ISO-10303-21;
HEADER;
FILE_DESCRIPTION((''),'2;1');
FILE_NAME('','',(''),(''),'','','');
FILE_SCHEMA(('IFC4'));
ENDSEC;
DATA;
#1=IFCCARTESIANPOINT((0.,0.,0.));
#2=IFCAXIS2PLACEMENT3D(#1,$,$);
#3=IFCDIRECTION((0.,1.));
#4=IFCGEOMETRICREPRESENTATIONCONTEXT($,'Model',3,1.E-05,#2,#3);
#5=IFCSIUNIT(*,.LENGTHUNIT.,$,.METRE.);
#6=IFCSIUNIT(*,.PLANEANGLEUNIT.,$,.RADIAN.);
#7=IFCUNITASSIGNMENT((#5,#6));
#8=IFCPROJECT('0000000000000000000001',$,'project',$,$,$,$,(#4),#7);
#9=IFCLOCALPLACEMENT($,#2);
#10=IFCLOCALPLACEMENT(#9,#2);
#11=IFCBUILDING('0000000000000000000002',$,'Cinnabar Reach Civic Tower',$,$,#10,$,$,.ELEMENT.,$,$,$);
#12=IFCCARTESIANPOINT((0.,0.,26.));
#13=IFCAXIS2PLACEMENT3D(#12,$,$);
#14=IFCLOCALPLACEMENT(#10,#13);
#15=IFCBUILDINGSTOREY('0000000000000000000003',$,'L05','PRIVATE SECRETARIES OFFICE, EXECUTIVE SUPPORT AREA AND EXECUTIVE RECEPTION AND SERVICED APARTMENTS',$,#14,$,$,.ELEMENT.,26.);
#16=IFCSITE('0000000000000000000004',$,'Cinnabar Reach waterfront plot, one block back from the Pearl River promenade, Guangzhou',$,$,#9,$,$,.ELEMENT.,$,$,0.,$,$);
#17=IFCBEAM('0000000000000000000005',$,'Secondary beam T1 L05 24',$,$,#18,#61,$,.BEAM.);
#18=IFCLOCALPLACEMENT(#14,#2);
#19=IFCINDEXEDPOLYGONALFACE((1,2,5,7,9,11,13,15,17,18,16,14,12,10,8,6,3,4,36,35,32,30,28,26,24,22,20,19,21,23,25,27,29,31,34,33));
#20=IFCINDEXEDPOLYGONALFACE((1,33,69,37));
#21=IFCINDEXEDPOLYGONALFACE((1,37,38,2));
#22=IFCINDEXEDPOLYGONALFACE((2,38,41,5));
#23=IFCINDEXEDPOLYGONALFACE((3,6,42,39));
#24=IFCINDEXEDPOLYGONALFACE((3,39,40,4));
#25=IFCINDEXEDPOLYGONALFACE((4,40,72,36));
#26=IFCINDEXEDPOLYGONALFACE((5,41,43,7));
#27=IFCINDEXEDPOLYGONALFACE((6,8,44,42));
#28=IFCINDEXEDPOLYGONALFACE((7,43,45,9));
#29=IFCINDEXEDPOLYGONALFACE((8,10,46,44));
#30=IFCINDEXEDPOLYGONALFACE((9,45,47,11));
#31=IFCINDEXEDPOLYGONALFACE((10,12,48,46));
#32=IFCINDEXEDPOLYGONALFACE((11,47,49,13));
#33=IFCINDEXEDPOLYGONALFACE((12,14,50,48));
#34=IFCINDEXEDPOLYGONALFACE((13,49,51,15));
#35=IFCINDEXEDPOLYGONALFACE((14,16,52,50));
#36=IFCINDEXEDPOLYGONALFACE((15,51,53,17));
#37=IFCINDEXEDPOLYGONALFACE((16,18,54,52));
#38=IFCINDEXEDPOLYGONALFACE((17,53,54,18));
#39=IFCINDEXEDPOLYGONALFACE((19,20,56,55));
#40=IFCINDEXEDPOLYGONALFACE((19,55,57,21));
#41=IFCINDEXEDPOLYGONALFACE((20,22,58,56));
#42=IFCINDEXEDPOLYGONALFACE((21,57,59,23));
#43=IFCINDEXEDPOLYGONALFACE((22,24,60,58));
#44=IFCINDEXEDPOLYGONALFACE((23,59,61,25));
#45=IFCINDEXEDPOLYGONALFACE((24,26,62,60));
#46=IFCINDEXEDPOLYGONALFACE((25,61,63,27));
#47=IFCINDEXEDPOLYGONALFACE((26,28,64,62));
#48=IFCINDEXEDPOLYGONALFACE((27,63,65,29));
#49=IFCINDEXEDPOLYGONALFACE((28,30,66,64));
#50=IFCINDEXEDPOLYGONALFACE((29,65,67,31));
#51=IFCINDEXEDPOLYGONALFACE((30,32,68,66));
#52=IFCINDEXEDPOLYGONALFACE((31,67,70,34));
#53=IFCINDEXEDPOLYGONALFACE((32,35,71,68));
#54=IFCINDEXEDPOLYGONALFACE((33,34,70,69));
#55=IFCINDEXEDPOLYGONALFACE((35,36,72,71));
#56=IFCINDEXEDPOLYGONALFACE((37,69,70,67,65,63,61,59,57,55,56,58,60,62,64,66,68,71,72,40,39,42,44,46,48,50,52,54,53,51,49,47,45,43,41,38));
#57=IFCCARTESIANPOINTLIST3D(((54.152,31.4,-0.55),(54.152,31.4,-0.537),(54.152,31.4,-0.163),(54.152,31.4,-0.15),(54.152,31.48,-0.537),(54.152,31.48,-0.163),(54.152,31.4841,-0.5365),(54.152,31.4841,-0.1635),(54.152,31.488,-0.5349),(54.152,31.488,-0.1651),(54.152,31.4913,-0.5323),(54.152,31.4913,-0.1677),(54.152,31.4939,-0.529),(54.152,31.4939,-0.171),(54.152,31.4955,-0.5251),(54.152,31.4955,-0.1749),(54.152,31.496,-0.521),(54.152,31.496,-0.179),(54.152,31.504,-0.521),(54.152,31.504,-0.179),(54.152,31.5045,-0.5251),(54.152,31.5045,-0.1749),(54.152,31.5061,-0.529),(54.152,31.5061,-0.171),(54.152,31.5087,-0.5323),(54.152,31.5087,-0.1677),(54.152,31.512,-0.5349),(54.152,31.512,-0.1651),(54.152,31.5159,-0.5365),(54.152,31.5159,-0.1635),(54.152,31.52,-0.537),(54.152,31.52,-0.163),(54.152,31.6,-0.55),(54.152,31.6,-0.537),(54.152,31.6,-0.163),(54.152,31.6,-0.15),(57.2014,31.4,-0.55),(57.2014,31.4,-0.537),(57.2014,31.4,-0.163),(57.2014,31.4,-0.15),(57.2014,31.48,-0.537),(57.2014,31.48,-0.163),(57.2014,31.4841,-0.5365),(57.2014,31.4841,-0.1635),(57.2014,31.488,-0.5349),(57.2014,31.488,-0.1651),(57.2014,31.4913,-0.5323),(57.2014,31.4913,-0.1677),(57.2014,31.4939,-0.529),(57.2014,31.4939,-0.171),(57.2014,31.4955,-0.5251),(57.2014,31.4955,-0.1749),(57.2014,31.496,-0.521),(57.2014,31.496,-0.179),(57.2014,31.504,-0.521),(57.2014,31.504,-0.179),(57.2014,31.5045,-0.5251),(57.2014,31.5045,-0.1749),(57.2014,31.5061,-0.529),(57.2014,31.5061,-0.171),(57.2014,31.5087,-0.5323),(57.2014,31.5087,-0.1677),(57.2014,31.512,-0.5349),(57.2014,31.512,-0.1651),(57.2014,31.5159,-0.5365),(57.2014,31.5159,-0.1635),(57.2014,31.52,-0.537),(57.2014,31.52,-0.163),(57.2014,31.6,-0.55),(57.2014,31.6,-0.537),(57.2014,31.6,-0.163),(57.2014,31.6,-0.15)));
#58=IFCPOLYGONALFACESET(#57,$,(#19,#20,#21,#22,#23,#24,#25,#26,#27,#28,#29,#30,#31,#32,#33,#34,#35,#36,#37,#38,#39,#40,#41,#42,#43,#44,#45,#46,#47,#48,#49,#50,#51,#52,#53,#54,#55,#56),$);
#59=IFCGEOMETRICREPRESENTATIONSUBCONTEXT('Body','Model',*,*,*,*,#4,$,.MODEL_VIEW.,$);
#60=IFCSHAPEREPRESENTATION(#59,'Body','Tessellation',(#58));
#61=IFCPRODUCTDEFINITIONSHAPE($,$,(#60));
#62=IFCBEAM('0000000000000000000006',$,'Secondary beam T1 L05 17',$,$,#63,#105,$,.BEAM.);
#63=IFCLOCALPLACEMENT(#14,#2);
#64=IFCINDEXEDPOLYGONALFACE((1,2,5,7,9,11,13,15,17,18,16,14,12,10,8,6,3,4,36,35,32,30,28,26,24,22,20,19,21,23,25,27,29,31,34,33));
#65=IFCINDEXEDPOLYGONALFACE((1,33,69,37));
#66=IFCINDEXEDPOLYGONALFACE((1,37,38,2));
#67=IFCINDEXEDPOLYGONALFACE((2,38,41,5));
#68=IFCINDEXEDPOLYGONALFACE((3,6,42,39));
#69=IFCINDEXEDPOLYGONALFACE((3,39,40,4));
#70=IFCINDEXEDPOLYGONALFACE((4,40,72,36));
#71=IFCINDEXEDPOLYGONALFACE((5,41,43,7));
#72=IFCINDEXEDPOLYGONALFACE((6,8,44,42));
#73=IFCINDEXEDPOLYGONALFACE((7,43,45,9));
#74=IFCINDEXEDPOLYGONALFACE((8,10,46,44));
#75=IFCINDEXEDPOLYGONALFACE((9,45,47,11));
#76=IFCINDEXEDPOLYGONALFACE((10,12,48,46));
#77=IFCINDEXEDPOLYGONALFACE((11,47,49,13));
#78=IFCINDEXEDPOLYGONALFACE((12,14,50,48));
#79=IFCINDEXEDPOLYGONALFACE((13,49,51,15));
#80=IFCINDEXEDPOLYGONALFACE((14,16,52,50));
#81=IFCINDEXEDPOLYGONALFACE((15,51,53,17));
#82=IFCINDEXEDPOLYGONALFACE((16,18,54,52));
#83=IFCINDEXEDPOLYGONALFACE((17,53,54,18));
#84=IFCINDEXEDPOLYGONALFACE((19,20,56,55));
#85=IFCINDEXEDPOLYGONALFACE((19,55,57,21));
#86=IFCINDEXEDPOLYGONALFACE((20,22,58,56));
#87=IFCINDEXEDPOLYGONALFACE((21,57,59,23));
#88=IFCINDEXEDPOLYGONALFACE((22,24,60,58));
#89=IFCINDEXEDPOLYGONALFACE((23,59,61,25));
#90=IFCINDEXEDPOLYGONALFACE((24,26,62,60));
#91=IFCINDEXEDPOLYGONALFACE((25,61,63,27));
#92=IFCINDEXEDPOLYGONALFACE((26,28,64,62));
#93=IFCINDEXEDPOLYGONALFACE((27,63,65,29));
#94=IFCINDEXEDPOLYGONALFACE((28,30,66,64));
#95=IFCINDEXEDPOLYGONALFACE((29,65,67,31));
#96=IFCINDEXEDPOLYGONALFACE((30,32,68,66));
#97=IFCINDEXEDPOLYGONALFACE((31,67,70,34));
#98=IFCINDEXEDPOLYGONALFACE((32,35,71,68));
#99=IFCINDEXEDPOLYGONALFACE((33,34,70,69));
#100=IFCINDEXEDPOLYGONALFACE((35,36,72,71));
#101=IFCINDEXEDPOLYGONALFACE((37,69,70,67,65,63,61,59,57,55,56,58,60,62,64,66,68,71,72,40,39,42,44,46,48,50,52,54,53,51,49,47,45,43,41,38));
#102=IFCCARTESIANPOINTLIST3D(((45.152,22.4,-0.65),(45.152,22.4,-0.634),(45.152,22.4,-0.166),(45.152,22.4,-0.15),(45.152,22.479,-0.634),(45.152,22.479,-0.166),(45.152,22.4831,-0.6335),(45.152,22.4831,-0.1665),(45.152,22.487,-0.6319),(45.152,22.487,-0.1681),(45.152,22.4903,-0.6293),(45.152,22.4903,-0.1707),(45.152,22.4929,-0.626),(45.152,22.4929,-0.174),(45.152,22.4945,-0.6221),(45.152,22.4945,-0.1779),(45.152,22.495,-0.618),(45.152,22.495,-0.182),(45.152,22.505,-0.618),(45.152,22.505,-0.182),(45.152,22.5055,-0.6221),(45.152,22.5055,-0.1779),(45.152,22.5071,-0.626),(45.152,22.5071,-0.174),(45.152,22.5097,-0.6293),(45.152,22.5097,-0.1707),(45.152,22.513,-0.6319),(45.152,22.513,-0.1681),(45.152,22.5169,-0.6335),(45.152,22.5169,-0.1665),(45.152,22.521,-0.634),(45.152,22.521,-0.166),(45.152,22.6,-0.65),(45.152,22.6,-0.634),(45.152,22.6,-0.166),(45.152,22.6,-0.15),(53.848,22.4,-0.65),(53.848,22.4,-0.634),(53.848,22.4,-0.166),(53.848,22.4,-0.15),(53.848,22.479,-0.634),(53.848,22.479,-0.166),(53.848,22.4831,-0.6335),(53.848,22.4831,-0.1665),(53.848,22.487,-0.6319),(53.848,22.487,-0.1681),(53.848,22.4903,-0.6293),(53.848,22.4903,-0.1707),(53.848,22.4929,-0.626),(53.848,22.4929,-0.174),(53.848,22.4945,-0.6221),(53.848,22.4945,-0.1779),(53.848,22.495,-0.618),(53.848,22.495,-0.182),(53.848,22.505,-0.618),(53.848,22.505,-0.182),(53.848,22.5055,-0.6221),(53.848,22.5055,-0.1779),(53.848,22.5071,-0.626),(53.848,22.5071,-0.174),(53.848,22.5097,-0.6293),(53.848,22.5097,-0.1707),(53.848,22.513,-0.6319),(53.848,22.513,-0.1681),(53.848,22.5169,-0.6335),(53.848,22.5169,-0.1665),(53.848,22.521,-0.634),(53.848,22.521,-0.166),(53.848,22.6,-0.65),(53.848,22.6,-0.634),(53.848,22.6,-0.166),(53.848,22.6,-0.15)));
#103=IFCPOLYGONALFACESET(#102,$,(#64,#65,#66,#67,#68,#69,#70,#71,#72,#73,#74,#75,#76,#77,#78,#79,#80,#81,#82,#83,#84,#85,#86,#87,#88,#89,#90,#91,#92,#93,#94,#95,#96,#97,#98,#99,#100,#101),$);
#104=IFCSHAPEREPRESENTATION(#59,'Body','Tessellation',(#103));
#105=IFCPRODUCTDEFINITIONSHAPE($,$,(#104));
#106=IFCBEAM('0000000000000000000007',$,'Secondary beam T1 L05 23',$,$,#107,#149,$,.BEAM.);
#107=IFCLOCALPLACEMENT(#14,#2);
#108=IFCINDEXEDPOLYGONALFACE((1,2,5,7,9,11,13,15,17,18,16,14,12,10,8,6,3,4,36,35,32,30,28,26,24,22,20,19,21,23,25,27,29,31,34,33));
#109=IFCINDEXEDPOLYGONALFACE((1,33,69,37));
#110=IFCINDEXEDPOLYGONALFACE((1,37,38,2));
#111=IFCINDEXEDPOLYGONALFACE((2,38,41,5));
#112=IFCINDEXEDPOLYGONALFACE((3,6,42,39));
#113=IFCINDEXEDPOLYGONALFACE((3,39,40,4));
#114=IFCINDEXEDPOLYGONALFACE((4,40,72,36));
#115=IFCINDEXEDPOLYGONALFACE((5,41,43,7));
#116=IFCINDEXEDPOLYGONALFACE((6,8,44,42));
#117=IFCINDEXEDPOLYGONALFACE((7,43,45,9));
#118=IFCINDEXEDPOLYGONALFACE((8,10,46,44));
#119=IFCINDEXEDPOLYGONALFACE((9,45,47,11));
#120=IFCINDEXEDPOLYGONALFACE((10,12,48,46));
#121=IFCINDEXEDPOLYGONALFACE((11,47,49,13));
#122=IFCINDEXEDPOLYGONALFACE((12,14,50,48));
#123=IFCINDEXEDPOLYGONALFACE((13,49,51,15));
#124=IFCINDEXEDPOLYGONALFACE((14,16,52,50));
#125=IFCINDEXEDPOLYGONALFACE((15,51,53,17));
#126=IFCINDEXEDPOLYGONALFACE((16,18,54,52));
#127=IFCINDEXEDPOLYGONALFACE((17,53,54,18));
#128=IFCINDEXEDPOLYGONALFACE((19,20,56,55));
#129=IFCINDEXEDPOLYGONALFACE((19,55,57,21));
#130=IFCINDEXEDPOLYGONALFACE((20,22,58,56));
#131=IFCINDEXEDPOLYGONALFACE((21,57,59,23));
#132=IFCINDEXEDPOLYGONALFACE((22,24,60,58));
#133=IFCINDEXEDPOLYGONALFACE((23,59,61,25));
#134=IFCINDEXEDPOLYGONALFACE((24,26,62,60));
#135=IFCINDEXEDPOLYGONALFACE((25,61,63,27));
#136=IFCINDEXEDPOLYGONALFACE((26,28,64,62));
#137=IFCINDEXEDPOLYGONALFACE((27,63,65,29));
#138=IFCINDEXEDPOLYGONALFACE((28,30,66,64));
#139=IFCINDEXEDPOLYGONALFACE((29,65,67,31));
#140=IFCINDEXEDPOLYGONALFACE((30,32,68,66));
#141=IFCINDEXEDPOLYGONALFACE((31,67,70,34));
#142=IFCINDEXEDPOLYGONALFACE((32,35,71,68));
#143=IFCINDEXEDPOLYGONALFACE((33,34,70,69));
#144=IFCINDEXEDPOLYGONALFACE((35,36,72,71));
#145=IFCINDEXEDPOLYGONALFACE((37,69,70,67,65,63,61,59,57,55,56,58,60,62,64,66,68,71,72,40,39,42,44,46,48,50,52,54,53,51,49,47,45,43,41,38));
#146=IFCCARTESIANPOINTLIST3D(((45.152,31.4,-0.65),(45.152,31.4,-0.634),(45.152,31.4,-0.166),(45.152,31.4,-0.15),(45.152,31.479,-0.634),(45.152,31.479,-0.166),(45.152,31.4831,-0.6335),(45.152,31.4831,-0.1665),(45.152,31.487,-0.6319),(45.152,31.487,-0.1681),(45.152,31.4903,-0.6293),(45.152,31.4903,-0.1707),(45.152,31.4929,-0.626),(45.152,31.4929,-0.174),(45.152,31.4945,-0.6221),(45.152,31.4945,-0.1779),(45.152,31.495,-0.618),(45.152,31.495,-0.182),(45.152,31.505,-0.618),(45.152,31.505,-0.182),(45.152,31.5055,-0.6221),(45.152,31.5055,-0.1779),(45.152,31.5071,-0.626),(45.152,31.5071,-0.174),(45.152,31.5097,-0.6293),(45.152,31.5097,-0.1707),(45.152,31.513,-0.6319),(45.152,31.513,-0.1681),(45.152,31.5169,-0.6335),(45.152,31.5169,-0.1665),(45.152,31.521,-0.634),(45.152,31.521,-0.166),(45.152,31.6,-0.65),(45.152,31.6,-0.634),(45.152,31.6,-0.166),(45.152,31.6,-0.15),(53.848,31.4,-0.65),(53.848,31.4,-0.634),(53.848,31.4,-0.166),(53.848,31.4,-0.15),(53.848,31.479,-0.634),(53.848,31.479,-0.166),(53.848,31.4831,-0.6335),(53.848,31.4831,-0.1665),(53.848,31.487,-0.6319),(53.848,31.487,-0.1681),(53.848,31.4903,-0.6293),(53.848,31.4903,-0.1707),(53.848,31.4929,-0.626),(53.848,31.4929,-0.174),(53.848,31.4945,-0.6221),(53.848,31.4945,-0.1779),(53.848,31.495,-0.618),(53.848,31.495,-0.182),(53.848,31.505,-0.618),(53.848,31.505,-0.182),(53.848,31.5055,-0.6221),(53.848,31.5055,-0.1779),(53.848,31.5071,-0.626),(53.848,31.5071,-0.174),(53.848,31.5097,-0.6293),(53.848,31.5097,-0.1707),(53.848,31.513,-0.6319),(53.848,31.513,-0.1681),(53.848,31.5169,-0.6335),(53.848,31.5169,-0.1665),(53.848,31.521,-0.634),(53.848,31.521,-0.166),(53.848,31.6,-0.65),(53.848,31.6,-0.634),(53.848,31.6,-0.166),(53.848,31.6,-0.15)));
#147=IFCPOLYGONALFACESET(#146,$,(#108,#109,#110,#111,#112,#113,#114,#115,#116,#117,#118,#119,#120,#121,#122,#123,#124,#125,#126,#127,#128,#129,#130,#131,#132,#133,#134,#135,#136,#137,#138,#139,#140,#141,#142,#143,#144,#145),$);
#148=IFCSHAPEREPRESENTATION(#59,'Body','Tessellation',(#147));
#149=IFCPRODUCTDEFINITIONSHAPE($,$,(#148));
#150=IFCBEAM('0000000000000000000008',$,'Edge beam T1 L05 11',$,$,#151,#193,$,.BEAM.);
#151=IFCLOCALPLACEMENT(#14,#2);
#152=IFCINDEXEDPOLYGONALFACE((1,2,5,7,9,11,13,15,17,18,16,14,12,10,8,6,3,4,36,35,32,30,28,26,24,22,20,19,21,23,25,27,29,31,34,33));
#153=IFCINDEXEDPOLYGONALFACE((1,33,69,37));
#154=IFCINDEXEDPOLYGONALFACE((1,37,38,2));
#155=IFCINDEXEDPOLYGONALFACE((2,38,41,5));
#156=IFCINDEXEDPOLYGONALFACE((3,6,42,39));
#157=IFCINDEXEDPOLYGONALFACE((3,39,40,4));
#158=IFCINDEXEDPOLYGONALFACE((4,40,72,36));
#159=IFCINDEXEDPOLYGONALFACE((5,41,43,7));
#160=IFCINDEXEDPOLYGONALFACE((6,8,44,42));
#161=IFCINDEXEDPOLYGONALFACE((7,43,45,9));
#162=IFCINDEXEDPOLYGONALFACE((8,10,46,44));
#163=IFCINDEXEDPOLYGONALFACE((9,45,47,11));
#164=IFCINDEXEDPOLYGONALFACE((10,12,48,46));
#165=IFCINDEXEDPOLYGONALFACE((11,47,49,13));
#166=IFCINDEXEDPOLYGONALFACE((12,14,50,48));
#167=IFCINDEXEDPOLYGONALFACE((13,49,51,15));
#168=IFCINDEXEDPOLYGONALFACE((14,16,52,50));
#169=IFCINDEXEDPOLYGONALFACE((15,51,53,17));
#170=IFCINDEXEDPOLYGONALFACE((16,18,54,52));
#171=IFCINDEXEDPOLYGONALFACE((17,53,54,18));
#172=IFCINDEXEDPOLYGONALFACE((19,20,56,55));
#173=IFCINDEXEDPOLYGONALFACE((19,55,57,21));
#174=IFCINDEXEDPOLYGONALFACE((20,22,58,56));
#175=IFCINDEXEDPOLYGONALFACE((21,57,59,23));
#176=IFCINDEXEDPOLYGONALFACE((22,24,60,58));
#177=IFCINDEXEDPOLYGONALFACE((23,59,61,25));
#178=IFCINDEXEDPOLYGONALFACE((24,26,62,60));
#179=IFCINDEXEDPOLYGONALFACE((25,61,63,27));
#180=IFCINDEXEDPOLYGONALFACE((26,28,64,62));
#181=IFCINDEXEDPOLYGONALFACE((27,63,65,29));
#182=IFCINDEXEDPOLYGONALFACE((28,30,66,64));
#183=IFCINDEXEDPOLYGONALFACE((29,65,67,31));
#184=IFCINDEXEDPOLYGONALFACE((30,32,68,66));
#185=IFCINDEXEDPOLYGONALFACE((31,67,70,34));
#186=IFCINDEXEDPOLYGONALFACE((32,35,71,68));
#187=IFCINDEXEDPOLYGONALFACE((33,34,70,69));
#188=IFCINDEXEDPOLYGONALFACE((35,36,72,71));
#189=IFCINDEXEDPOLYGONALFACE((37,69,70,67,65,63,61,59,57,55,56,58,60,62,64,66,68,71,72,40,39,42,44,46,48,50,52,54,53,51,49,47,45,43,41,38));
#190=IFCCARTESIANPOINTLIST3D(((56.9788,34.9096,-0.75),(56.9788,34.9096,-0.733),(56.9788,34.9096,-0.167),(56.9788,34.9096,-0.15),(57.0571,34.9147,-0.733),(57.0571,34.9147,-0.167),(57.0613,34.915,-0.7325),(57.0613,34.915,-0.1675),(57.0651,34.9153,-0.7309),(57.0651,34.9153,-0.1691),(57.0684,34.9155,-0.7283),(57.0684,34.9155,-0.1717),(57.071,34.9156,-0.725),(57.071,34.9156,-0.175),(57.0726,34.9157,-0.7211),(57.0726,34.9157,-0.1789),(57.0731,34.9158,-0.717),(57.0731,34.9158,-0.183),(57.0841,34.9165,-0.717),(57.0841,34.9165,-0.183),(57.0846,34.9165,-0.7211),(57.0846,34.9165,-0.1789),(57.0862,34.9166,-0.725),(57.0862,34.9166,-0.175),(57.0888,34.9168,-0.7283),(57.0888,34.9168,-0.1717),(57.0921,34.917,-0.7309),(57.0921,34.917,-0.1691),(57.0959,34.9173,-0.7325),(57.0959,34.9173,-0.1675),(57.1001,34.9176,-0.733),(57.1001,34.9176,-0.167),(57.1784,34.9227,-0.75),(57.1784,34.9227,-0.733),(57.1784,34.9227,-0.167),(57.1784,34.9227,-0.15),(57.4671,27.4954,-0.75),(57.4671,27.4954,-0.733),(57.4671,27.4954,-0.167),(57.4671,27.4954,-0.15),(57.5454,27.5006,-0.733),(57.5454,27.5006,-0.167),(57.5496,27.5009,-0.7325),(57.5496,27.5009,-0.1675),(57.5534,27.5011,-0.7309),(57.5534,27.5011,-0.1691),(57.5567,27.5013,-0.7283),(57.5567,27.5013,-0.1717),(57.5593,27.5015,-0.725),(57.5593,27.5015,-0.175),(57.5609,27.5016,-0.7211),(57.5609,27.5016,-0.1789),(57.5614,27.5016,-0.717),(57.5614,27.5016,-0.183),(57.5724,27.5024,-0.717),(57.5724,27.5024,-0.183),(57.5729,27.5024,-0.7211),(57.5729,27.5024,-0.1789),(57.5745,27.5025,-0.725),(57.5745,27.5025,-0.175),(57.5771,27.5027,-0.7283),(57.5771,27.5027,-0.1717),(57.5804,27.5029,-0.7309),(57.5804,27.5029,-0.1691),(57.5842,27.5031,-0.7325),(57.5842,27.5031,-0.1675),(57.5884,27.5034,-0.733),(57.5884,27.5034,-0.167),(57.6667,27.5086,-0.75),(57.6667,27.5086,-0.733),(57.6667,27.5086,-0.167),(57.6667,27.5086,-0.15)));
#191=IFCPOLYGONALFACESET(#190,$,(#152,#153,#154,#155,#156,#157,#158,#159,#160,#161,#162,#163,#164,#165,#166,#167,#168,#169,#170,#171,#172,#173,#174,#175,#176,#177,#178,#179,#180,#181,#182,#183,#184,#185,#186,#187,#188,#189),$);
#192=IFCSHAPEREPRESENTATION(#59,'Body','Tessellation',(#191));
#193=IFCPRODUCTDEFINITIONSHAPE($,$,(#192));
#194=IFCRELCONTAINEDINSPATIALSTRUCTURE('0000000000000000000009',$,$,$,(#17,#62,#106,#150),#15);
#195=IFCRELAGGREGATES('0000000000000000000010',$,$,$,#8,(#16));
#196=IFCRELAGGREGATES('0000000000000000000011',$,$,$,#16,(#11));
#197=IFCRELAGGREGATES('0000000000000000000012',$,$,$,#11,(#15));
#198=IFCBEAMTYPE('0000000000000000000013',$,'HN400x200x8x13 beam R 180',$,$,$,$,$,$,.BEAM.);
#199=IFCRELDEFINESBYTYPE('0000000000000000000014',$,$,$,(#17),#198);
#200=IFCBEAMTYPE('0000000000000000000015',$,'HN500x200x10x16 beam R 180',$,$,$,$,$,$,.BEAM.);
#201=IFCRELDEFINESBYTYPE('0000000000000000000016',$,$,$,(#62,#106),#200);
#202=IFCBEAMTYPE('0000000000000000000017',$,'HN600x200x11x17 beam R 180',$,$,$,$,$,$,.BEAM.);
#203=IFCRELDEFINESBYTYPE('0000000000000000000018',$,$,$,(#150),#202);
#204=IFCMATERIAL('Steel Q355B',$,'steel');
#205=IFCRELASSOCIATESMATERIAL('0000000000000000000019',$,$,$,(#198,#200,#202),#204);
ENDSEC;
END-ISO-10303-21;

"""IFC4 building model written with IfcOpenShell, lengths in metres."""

from ifc_helpers import new_model, si_unit, direction, frame, origin, origin_2d, place, context, subcontext, project, spatial, i_section, extrude, material, material_profile, profile_set, type_object, element, save


model = new_model("IFC4")

# Units and contexts
model_context = context("Model", 3, precision=1e-05, world=origin(), true_north=direction((0.0, 1.0)))
body_context = subcontext(model_context, "Body", "Model", "MODEL_VIEW")
ifc_project = project(units=[si_unit("LENGTHUNIT", "METRE"), si_unit("PLANEANGLEUNIT", "RADIAN")], contexts=[model_context])

# Site, building, storey
site_placement = place(None, origin())
site = spatial("IfcSite", under=ifc_project, at=site_placement, Name="Cinnabar Reach waterfront plot, one block back from the Pearl River promenade, Guangzhou", CompositionType="ELEMENT", RefElevation=0.0)
building_placement = place(site_placement, origin())
building = spatial("IfcBuilding", under=site, at=building_placement, Name="Cinnabar Reach Civic Tower", CompositionType="ELEMENT")
storey_placement = place(building_placement, frame((0.0, 0.0, 26.0)))
storey = spatial("IfcBuildingStorey", under=building, at=storey_placement, Name="L05", Description="PRIVATE SECRETARIES OFFICE, EXECUTIVE SUPPORT AREA AND EXECUTIVE RECEPTION AND SERVICED APARTMENTS", CompositionType="ELEMENT", Elevation=26.0)

# Beams
ifc_material_1 = material(Name="Steel Q355B", Category="steel")
ifc_material_profile_1 = material_profile(ifc_material_1, i_section(OverallWidth=0.2, OverallDepth=0.4, WebThickness=0.008, FlangeThickness=0.013, FilletRadius=0.016, at=origin_2d()), Name="HN400x200x8x13")
ifc_profile_set_1 = profile_set([ifc_material_profile_1], Name="Steel Q355B")
beam_type_1 = type_object("IfcBeamType", Name="HN400x200x8x13 beam R 180", PredefinedType="BEAM", material=ifc_profile_set_1)
beam_1_placement = place(storey_placement, frame((54.152, 31.5, -0.35), z_axis=(1.0, 0.0, 0.0), x_axis=(0.0, 1.0, 0.0)))
element("IfcBeam", 1, at=beam_1_placement, inside=storey, type_object=beam_type_1, Name="Secondary beam T1 L05 24", PredefinedType="BEAM", context=body_context, shape_type="SweptSolid", body=[
    extrude(i_section(OverallWidth=0.2, OverallDepth=0.4, WebThickness=0.008, FlangeThickness=0.013, FilletRadius=0.016, at=origin_2d()), origin(), (0.0, 0.0, 1.0), 3.0494),
])
ifc_material_profile_2 = material_profile(ifc_material_1, i_section(OverallWidth=0.2, OverallDepth=0.5, WebThickness=0.01, FlangeThickness=0.016, FilletRadius=0.016, at=origin_2d()), Name="HN500x200x10x16")
ifc_profile_set_2 = profile_set([ifc_material_profile_2], Name="Steel Q355B")
beam_type_2 = type_object("IfcBeamType", Name="HN500x200x10x16 beam R 180", PredefinedType="BEAM", material=ifc_profile_set_2)
for number, where, z_axis, x_axis, name in (
    (2, (45.152, 22.5, -0.4), (1.0, 0.0, 0.0), (0.0, 1.0, 0.0), "Secondary beam T1 L05 17"),
    (3, (45.152, 31.5, -0.4), (1.0, 0.0, 0.0), (0.0, 1.0, 0.0), "Secondary beam T1 L05 23"),
):
    element("IfcBeam", number, at=place(storey_placement, frame(where, z_axis=z_axis, x_axis=x_axis)), inside=storey, type_object=beam_type_2, Name=name, PredefinedType="BEAM", context=body_context, shape_type="SweptSolid", body=[
        extrude(i_section(OverallWidth=0.2, OverallDepth=0.5, WebThickness=0.01, FlangeThickness=0.016, FilletRadius=0.016, at=origin_2d()), origin(), (0.0, 0.0, 1.0), 8.696),
    ])
ifc_material_profile_3 = material_profile(ifc_material_1, i_section(OverallWidth=0.2, OverallDepth=0.6, WebThickness=0.011, FlangeThickness=0.017, FilletRadius=0.016, at=origin_2d()), Name="HN600x200x11x17")
ifc_profile_set_3 = profile_set([ifc_material_profile_3], Name="Steel Q355B")
beam_type_3 = type_object("IfcBeamType", Name="HN600x200x11x17 beam R 180", PredefinedType="BEAM", material=ifc_profile_set_3)
beam_2_placement = place(storey_placement, frame((57.5669, 27.502, -0.45), z_axis=(-0.065719, 0.997838, 0.0), x_axis=(-0.997838, -0.065719, 0.0)))
element("IfcBeam", 4, at=beam_2_placement, inside=storey, type_object=beam_type_3, Name="Edge beam T1 L05 11", PredefinedType="BEAM", context=body_context, shape_type="SweptSolid", body=[
    extrude(i_section(OverallWidth=0.2, OverallDepth=0.6, WebThickness=0.011, FlangeThickness=0.017, FilletRadius=0.016, at=origin_2d()), origin(), (0.0, 0.0, 1.0), 7.4302),
])

save(model, "model.ifc")
